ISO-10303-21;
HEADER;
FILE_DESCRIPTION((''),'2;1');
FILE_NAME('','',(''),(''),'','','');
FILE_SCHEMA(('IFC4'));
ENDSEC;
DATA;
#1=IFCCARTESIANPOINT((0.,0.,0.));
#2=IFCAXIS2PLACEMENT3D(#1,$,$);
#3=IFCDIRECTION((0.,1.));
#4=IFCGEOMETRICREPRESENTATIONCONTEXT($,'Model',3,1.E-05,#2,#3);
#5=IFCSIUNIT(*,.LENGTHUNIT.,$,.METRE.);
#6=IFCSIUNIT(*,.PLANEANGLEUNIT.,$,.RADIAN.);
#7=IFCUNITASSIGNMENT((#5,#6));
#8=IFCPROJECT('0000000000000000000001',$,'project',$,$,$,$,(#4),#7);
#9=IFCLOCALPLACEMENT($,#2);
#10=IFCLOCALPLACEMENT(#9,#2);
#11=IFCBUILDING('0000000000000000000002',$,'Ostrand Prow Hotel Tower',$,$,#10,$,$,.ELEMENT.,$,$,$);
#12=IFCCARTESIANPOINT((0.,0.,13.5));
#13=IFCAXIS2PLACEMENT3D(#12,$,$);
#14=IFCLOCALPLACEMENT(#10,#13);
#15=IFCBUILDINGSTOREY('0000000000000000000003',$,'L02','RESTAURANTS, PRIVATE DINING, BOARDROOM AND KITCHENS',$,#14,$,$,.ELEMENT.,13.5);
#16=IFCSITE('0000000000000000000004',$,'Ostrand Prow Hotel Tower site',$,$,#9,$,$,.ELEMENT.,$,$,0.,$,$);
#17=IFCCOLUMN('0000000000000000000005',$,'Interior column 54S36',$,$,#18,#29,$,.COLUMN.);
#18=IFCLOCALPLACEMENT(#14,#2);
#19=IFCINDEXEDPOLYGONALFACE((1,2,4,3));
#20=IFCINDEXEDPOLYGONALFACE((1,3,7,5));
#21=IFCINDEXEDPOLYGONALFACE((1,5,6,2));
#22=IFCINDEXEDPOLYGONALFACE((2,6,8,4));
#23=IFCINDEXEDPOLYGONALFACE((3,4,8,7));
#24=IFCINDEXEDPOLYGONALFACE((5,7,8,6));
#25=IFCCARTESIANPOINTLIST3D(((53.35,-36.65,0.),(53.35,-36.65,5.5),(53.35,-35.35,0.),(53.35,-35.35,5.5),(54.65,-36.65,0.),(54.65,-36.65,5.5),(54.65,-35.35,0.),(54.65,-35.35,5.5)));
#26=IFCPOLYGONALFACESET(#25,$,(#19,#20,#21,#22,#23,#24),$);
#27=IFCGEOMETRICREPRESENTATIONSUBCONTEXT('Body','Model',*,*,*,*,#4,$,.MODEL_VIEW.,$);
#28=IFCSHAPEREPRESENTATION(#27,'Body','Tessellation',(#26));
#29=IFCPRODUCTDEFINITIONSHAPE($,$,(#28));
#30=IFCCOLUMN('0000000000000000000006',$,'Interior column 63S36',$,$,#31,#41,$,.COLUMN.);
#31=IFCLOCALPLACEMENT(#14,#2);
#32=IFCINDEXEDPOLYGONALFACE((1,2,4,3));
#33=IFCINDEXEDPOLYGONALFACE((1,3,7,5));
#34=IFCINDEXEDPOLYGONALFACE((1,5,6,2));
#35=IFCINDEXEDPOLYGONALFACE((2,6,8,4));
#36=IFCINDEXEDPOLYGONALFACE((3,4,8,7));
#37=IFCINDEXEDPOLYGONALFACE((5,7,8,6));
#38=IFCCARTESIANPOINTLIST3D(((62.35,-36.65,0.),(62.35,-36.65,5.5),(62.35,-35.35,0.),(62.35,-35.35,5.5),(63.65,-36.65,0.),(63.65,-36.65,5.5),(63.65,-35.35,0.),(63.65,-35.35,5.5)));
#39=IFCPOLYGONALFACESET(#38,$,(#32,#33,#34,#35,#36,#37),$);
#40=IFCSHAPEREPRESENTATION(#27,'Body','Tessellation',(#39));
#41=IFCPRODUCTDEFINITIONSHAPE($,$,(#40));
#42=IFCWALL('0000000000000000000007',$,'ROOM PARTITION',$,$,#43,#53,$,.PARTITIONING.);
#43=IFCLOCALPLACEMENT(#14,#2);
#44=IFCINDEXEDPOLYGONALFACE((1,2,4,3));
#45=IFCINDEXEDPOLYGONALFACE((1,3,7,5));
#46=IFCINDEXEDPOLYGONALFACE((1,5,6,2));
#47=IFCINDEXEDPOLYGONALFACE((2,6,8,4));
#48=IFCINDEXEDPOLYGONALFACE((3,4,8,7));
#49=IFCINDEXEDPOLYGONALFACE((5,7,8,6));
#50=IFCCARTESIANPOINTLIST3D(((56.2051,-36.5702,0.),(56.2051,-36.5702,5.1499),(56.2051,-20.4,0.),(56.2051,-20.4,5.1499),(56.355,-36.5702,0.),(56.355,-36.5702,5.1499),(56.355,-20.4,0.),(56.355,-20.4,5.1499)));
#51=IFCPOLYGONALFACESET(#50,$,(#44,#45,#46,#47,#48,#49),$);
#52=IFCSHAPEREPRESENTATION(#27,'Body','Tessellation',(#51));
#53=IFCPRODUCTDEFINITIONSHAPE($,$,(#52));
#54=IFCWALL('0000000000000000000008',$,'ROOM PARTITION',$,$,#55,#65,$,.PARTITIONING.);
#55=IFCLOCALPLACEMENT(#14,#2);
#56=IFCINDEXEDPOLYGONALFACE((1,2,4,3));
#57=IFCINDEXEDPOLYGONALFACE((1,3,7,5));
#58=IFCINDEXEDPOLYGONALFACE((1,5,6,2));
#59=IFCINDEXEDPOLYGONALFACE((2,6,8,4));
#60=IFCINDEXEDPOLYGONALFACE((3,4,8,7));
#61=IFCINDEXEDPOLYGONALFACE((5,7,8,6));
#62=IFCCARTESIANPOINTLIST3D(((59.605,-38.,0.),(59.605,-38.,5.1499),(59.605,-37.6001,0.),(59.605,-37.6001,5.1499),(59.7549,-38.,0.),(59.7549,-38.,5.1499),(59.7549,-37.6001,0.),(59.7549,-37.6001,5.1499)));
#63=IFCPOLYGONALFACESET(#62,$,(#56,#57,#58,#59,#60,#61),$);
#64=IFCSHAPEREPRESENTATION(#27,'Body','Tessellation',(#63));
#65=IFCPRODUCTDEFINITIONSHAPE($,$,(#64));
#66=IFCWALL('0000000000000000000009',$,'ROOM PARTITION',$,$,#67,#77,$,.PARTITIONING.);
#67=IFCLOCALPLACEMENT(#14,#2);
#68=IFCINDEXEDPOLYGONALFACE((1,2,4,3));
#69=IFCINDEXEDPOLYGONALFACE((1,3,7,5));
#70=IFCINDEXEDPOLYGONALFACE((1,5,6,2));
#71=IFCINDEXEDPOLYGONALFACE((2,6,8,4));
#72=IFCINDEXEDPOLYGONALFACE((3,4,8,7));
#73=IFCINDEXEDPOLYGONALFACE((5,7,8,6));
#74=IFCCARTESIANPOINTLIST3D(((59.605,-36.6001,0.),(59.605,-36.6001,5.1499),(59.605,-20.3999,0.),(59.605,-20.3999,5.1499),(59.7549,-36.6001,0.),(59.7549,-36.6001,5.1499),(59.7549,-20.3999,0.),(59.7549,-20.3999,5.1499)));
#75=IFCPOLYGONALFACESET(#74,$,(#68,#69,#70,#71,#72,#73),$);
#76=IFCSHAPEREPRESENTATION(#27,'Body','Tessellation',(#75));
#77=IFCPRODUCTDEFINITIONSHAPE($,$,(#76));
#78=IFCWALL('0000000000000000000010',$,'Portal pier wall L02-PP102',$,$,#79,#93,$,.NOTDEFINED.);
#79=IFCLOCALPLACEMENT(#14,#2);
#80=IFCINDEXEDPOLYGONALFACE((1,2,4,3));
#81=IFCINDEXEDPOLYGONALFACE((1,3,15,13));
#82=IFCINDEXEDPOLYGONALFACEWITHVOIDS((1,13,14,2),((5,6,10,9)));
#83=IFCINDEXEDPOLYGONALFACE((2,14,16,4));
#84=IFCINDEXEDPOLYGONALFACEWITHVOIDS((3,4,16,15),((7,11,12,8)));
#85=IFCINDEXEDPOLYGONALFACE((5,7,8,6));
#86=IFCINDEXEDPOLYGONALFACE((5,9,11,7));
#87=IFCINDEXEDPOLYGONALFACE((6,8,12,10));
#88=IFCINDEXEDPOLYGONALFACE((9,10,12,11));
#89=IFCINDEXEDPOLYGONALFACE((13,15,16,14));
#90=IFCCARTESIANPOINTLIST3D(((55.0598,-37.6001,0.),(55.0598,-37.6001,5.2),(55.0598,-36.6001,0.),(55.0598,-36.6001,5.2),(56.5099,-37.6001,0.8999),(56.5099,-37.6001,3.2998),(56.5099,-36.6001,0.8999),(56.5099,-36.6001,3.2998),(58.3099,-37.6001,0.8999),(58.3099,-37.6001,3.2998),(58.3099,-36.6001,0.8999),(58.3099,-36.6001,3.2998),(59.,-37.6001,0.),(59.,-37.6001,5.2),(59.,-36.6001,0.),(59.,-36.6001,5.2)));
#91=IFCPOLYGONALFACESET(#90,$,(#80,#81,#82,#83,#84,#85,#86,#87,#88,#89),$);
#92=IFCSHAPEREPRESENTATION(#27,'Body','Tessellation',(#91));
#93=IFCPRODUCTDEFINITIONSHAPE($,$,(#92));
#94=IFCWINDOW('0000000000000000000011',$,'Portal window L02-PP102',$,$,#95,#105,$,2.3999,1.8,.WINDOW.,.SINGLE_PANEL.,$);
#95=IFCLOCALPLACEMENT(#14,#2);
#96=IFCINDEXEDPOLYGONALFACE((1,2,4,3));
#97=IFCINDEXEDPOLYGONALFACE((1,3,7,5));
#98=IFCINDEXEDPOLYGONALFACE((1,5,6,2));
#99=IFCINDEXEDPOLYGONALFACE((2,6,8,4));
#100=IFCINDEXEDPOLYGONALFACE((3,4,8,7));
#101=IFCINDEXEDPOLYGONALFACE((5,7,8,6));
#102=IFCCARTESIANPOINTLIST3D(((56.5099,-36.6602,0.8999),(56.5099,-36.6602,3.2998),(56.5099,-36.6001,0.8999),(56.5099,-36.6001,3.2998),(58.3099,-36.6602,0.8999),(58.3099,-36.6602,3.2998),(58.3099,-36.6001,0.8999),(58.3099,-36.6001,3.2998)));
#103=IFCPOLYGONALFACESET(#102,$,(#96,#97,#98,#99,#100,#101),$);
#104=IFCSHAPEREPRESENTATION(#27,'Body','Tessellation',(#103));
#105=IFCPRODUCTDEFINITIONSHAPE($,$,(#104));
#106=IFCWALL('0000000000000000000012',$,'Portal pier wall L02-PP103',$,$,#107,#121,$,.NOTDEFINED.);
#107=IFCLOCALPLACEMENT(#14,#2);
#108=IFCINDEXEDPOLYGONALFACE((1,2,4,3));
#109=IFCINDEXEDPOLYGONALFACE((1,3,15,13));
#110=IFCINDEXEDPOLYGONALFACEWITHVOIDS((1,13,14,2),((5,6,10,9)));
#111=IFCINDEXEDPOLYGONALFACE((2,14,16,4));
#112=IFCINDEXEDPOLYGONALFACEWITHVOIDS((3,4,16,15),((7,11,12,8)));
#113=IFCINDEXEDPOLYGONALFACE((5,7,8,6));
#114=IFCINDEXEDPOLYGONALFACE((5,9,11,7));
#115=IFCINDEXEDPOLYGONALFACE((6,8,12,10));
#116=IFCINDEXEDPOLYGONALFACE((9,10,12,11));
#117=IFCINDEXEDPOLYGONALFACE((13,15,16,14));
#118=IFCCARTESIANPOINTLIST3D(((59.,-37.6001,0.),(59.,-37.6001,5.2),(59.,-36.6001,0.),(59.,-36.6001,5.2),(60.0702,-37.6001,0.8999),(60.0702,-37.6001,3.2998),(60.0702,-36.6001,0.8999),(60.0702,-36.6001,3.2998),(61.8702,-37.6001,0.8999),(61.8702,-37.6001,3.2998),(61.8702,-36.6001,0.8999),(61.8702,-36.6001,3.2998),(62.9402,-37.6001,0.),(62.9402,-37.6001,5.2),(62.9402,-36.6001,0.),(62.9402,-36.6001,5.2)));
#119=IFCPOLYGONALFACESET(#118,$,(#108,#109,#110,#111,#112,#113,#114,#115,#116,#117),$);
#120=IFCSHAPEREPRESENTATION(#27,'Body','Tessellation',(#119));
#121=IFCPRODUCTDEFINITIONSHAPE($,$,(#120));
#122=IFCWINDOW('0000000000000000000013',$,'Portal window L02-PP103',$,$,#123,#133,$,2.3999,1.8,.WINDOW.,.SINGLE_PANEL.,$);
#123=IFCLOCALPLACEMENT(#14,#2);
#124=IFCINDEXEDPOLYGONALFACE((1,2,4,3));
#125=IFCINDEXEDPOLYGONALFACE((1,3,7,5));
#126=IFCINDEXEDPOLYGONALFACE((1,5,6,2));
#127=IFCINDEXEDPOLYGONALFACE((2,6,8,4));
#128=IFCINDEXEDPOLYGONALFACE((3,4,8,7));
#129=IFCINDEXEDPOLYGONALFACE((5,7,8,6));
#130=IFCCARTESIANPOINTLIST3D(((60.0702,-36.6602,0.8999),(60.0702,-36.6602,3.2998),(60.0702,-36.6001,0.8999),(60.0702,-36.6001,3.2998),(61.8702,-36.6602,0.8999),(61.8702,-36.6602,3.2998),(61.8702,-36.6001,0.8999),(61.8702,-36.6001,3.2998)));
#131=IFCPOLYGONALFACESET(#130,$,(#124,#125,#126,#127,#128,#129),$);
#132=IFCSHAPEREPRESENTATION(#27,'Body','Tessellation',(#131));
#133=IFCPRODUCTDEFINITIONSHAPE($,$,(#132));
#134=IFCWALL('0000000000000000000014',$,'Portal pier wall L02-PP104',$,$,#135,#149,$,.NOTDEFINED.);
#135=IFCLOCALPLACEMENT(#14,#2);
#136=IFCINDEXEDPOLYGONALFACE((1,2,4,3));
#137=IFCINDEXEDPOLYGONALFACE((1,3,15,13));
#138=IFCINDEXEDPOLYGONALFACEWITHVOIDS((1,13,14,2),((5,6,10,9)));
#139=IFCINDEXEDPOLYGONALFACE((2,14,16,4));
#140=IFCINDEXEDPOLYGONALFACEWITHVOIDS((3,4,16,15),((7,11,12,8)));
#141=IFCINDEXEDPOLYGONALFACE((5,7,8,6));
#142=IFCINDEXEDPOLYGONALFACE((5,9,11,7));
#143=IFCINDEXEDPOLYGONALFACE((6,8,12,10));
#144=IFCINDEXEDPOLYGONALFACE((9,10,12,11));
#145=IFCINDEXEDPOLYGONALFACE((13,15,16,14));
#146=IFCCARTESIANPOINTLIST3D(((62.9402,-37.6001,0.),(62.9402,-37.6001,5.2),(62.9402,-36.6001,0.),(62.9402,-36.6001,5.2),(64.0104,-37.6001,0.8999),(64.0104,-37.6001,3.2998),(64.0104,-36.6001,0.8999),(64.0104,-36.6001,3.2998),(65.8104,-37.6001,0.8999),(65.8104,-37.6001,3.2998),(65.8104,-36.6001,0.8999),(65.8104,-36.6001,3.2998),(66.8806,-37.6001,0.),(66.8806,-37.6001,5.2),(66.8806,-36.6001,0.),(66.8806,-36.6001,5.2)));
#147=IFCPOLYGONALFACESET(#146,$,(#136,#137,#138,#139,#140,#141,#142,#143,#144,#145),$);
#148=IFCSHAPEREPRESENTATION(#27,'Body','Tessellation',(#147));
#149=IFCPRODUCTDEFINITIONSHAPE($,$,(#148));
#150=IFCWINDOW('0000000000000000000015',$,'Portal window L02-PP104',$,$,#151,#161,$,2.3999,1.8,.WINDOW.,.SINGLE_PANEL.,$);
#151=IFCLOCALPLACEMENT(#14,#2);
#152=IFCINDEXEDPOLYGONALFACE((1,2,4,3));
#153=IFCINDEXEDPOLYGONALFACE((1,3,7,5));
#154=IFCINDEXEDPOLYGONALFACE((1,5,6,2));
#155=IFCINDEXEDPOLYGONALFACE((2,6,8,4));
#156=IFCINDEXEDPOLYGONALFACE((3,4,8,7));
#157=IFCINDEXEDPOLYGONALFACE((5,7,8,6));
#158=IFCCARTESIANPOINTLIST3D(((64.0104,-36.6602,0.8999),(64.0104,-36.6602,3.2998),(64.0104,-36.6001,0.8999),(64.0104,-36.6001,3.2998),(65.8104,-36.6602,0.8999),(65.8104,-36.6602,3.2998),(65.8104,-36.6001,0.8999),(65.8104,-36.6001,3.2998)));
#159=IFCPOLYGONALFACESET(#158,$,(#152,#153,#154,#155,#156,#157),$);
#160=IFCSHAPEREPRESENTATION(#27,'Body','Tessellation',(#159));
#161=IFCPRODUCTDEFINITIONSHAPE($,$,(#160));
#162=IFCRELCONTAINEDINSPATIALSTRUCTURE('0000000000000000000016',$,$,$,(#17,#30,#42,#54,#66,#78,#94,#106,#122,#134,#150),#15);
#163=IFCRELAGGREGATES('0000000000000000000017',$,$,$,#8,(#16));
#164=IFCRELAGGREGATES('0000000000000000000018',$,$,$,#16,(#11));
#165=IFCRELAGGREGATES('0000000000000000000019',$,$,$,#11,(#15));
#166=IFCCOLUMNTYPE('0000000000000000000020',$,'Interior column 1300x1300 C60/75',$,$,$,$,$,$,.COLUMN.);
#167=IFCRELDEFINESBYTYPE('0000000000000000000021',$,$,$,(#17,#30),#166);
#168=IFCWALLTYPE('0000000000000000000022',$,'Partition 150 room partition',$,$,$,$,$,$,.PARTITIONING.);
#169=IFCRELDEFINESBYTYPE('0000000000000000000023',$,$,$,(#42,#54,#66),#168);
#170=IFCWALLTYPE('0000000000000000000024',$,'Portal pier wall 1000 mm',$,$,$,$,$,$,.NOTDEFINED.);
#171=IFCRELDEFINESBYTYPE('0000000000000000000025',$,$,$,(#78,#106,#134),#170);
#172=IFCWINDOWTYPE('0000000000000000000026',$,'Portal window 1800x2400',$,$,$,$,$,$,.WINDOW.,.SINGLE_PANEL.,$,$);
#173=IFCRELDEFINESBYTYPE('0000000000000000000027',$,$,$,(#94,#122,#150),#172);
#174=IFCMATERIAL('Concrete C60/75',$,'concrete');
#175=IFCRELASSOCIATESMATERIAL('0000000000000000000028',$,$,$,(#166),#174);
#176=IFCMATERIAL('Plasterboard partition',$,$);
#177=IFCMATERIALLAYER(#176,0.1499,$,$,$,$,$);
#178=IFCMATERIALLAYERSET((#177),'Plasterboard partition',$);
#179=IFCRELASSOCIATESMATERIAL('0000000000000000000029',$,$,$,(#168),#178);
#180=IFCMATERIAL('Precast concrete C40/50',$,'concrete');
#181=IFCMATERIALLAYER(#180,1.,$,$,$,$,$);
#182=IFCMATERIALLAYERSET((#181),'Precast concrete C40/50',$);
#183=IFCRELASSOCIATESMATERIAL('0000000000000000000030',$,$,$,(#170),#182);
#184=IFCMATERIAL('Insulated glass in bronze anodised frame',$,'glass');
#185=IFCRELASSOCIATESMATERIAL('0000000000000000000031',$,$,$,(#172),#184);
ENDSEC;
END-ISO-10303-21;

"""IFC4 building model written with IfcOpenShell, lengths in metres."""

from ifc_helpers import new_model, si_unit, direction, frame, frame_2d, origin, origin_2d, place, context, subcontext, project, spatial, polyline, rectangle, outline, extrude, material, layer, layer_set, material_profile, profile_set, type_object, element, fill, save


model = new_model("IFC4")

# Units and contexts
model_context = context("Model", 3, precision=1e-05, world=origin(), true_north=direction((0.0, 1.0)))
body_context = subcontext(model_context, "Body", "Model", "MODEL_VIEW")
ifc_project = project(units=[si_unit("LENGTHUNIT", "METRE"), si_unit("PLANEANGLEUNIT", "RADIAN")], contexts=[model_context])

# Site, building, storey
site_placement = place(None, origin())
site = spatial("IfcSite", under=ifc_project, at=site_placement, Name="Ostrand Prow Hotel Tower site", CompositionType="ELEMENT", RefElevation=0.0)
building_placement = place(site_placement, origin())
building = spatial("IfcBuilding", under=site, at=building_placement, Name="Ostrand Prow Hotel Tower", CompositionType="ELEMENT")
storey_placement = place(building_placement, frame((0.0, 0.0, 13.5)))
storey = spatial("IfcBuildingStorey", under=building, at=storey_placement, Name="L02", Description="RESTAURANTS, PRIVATE DINING, BOARDROOM AND KITCHENS", CompositionType="ELEMENT", Elevation=13.5)

# Columns
ifc_material_1 = material(Name="Concrete C60/75", Category="concrete")
ifc_material_profile = material_profile(ifc_material_1, rectangle(XDim=1.3, YDim=1.3, at=origin_2d()), Name="RC 1300x1300")
ifc_profile_set = profile_set([ifc_material_profile], Name="Concrete C60/75")
column_type = type_object("IfcColumnType", Name="Interior column 1300x1300 C60/75", PredefinedType="COLUMN", material=ifc_profile_set)
for number, where, z_axis, x_axis, name in (
    (1, (54.0, -36.0, 0.0), (0.0, 0.0, 1.0), (1.0, 0.0, 0.0), "Interior column 54S36"),
    (2, (63.0, -36.0, 0.0), (0.0, 0.0, 1.0), (1.0, 0.0, 0.0), "Interior column 63S36"),
):
    element("IfcColumn", number, at=place(storey_placement, frame(where, z_axis=z_axis, x_axis=x_axis)), inside=storey, type_object=column_type, Name=name, PredefinedType="COLUMN", context=body_context, shape_type="SweptSolid", body=[
        extrude(rectangle(XDim=1.3, YDim=1.3, at=origin_2d()), origin(), (0.0, 0.0, 1.0), 5.5),
    ])

# Walls
ifc_material_2 = material(Name="Plasterboard partition")
ifc_layer_1 = layer(ifc_material_2, 0.1499)
ifc_layer_set_1 = layer_set([ifc_layer_1], Name="Plasterboard partition")
wall_type_1 = type_object("IfcWallType", Name="Partition 150 room partition", PredefinedType="PARTITIONING", material=ifc_layer_set_1)
wall_1_placement = place(storey_placement, frame((56.28, -36.5701, 0.0), z_axis=(0.0, 0.0, 1.0), x_axis=(0.0, 1.0, 0.0)))
element("IfcWall", 3, at=wall_1_placement, inside=storey, type_object=wall_type_1, Name="ROOM PARTITION", PredefinedType="PARTITIONING", context=body_context, shape_type="SweptSolid", body=[
    extrude(rectangle(XDim=16.1702, YDim=0.1499, at=frame_2d((8.085, 0.0))), origin(), (0.0, 0.0, 1.0), 5.1499),
])
wall_2_placement = place(storey_placement, frame((59.6799, -38.0, 0.0), z_axis=(0.0, 0.0, 1.0), x_axis=(0.0, 1.0, 0.0)))
element("IfcWall", 4, at=wall_2_placement, inside=storey, type_object=wall_type_1, Name="ROOM PARTITION", PredefinedType="PARTITIONING", context=body_context, shape_type="SweptSolid", body=[
    extrude(rectangle(XDim=0.3999, YDim=0.1499, at=frame_2d((0.2, 0.0))), origin(), (0.0, 0.0, 1.0), 5.1499),
])
wall_3_placement = place(storey_placement, frame((59.6799, -36.6001, 0.0), z_axis=(0.0, 0.0, 1.0), x_axis=(0.0, 1.0, 0.0)))
element("IfcWall", 5, at=wall_3_placement, inside=storey, type_object=wall_type_1, Name="ROOM PARTITION", PredefinedType="PARTITIONING", context=body_context, shape_type="SweptSolid", body=[
    extrude(rectangle(XDim=16.2002, YDim=0.1499, at=frame_2d((8.1001, 0.0))), origin(), (0.0, 0.0, 1.0), 5.1499),
])

# Walls, openings, windows
ifc_material_3 = material(Name="Precast concrete C40/50", Category="concrete")
ifc_layer_2 = layer(ifc_material_3, 1.0)
ifc_layer_set_2 = layer_set([ifc_layer_2], Name="Precast concrete C40/50")
wall_type_2 = type_object("IfcWallType", Name="Portal pier wall 1000 mm", PredefinedType="NOTDEFINED", material=ifc_layer_set_2)
wall_4_placement = place(storey_placement, frame((55.0598, -37.1001, 0.0), z_axis=(0.0, 0.0, 1.0), x_axis=(1.0, 0.0, 0.0)))
wall_4 = element("IfcWall", 6, at=wall_4_placement, inside=storey, type_object=wall_type_2, Name="Portal pier wall L02-PP102", PredefinedType="NOTDEFINED", context=body_context, shape_type="SweptSolid", body=[
    extrude(outline(polyline([(0.0, -0.5), (3.9402, -0.5), (3.9402, 0.5), (0.0, 0.5), (0.0, -0.5)])), origin(), (0.0, 0.0, 1.0), 5.2),
])
opening_1_placement = place(wall_4_placement, frame((1.4502, 0.0, 0.8999)))
opening_1 = element("IfcOpeningElement", 7, at=opening_1_placement, cuts=wall_4, PredefinedType="OPENING", context=body_context, shape_type="SweptSolid", body=[
    extrude(rectangle(XDim=1.8, YDim=2.3999, at=frame_2d((0.8999, 1.2))), frame((0.0, 0.51, 0.0), z_axis=(0.0, -1.0, 0.0), x_axis=(1.0, 0.0, 0.0)), (0.0, 0.0, 1.0), 1.02),
])
ifc_material_4 = material(Name="Insulated glass in bronze anodised frame", Category="glass")
window_type = type_object("IfcWindowType", Name="Portal window 1800x2400", PartitioningType="SINGLE_PANEL", PredefinedType="WINDOW", material=ifc_material_4)
window_1_placement = place(opening_1_placement, origin())
window_1 = element("IfcWindow", 8, at=window_1_placement, inside=storey, type_object=window_type, Name="Portal window L02-PP102", OverallHeight=2.3999, OverallWidth=1.8, PartitioningType="SINGLE_PANEL", PredefinedType="WINDOW", context=body_context, shape_type="SweptSolid", body=[
    extrude(rectangle(XDim=1.8, YDim=2.3999, at=frame_2d((0.8999, 1.2))), frame((0.0, 0.5, 0.0), z_axis=(0.0, -1.0, 0.0), x_axis=(1.0, 0.0, 0.0)), (0.0, 0.0, 1.0), 0.0601),
])
fill(opening_1, window_1)
wall_5_placement = place(storey_placement, frame((59.0, -37.1001, 0.0), z_axis=(0.0, 0.0, 1.0), x_axis=(1.0, 0.0, 0.0)))
wall_5 = element("IfcWall", 9, at=wall_5_placement, inside=storey, type_object=wall_type_2, Name="Portal pier wall L02-PP103", PredefinedType="NOTDEFINED", context=body_context, shape_type="SweptSolid", body=[
    extrude(outline(polyline([(0.0, -0.5), (3.9402, -0.5), (3.9402, 0.5), (0.0, 0.5), (0.0, -0.5)])), origin(), (0.0, 0.0, 1.0), 5.2),
])
opening_2_placement = place(wall_5_placement, frame((1.0703, 0.0, 0.8999)))
opening_2 = element("IfcOpeningElement", 10, at=opening_2_placement, cuts=wall_5, PredefinedType="OPENING", context=body_context, shape_type="SweptSolid", body=[
    extrude(rectangle(XDim=1.8, YDim=2.3999, at=frame_2d((0.8999, 1.2))), frame((0.0, 0.51, 0.0), z_axis=(0.0, -1.0, 0.0), x_axis=(1.0, 0.0, 0.0)), (0.0, 0.0, 1.0), 1.02),
])
window_2_placement = place(opening_2_placement, origin())
window_2 = element("IfcWindow", 11, at=window_2_placement, inside=storey, type_object=window_type, Name="Portal window L02-PP103", OverallHeight=2.3999, OverallWidth=1.8, PartitioningType="SINGLE_PANEL", PredefinedType="WINDOW", context=body_context, shape_type="SweptSolid", body=[
    extrude(rectangle(XDim=1.8, YDim=2.3999, at=frame_2d((0.8999, 1.2))), frame((0.0, 0.5, 0.0), z_axis=(0.0, -1.0, 0.0), x_axis=(1.0, 0.0, 0.0)), (0.0, 0.0, 1.0), 0.0601),
])
fill(opening_2, window_2)
wall_6_placement = place(storey_placement, frame((62.9402, -37.1001, 0.0), z_axis=(0.0, 0.0, 1.0), x_axis=(1.0, 0.0, 0.0)))
wall_6 = element("IfcWall", 12, at=wall_6_placement, inside=storey, type_object=wall_type_2, Name="Portal pier wall L02-PP104", PredefinedType="NOTDEFINED", context=body_context, shape_type="SweptSolid", body=[
    extrude(outline(polyline([(0.0, -0.5), (3.9404, -0.5), (3.9404, 0.5), (0.0, 0.5), (0.0, -0.5)])), origin(), (0.0, 0.0, 1.0), 5.2),
])
opening_3_placement = place(wall_6_placement, frame((1.0703, 0.0, 0.8999)))
opening_3 = element("IfcOpeningElement", 13, at=opening_3_placement, cuts=wall_6, PredefinedType="OPENING", context=body_context, shape_type="SweptSolid", body=[
    extrude(rectangle(XDim=1.8, YDim=2.3999, at=frame_2d((0.8999, 1.2))), frame((0.0, 0.51, 0.0), z_axis=(0.0, -1.0, 0.0), x_axis=(1.0, 0.0, 0.0)), (0.0, 0.0, 1.0), 1.02),
])
window_3_placement = place(opening_3_placement, origin())
window_3 = element("IfcWindow", 14, at=window_3_placement, inside=storey, type_object=window_type, Name="Portal window L02-PP104", OverallHeight=2.3999, OverallWidth=1.8, PartitioningType="SINGLE_PANEL", PredefinedType="WINDOW", context=body_context, shape_type="SweptSolid", body=[
    extrude(rectangle(XDim=1.8, YDim=2.3999, at=frame_2d((0.8999, 1.2))), frame((0.0, 0.5, 0.0), z_axis=(0.0, -1.0, 0.0), x_axis=(1.0, 0.0, 0.0)), (0.0, 0.0, 1.0), 0.0601),
])
fill(opening_3, window_3)

save(model, "model.ifc")
